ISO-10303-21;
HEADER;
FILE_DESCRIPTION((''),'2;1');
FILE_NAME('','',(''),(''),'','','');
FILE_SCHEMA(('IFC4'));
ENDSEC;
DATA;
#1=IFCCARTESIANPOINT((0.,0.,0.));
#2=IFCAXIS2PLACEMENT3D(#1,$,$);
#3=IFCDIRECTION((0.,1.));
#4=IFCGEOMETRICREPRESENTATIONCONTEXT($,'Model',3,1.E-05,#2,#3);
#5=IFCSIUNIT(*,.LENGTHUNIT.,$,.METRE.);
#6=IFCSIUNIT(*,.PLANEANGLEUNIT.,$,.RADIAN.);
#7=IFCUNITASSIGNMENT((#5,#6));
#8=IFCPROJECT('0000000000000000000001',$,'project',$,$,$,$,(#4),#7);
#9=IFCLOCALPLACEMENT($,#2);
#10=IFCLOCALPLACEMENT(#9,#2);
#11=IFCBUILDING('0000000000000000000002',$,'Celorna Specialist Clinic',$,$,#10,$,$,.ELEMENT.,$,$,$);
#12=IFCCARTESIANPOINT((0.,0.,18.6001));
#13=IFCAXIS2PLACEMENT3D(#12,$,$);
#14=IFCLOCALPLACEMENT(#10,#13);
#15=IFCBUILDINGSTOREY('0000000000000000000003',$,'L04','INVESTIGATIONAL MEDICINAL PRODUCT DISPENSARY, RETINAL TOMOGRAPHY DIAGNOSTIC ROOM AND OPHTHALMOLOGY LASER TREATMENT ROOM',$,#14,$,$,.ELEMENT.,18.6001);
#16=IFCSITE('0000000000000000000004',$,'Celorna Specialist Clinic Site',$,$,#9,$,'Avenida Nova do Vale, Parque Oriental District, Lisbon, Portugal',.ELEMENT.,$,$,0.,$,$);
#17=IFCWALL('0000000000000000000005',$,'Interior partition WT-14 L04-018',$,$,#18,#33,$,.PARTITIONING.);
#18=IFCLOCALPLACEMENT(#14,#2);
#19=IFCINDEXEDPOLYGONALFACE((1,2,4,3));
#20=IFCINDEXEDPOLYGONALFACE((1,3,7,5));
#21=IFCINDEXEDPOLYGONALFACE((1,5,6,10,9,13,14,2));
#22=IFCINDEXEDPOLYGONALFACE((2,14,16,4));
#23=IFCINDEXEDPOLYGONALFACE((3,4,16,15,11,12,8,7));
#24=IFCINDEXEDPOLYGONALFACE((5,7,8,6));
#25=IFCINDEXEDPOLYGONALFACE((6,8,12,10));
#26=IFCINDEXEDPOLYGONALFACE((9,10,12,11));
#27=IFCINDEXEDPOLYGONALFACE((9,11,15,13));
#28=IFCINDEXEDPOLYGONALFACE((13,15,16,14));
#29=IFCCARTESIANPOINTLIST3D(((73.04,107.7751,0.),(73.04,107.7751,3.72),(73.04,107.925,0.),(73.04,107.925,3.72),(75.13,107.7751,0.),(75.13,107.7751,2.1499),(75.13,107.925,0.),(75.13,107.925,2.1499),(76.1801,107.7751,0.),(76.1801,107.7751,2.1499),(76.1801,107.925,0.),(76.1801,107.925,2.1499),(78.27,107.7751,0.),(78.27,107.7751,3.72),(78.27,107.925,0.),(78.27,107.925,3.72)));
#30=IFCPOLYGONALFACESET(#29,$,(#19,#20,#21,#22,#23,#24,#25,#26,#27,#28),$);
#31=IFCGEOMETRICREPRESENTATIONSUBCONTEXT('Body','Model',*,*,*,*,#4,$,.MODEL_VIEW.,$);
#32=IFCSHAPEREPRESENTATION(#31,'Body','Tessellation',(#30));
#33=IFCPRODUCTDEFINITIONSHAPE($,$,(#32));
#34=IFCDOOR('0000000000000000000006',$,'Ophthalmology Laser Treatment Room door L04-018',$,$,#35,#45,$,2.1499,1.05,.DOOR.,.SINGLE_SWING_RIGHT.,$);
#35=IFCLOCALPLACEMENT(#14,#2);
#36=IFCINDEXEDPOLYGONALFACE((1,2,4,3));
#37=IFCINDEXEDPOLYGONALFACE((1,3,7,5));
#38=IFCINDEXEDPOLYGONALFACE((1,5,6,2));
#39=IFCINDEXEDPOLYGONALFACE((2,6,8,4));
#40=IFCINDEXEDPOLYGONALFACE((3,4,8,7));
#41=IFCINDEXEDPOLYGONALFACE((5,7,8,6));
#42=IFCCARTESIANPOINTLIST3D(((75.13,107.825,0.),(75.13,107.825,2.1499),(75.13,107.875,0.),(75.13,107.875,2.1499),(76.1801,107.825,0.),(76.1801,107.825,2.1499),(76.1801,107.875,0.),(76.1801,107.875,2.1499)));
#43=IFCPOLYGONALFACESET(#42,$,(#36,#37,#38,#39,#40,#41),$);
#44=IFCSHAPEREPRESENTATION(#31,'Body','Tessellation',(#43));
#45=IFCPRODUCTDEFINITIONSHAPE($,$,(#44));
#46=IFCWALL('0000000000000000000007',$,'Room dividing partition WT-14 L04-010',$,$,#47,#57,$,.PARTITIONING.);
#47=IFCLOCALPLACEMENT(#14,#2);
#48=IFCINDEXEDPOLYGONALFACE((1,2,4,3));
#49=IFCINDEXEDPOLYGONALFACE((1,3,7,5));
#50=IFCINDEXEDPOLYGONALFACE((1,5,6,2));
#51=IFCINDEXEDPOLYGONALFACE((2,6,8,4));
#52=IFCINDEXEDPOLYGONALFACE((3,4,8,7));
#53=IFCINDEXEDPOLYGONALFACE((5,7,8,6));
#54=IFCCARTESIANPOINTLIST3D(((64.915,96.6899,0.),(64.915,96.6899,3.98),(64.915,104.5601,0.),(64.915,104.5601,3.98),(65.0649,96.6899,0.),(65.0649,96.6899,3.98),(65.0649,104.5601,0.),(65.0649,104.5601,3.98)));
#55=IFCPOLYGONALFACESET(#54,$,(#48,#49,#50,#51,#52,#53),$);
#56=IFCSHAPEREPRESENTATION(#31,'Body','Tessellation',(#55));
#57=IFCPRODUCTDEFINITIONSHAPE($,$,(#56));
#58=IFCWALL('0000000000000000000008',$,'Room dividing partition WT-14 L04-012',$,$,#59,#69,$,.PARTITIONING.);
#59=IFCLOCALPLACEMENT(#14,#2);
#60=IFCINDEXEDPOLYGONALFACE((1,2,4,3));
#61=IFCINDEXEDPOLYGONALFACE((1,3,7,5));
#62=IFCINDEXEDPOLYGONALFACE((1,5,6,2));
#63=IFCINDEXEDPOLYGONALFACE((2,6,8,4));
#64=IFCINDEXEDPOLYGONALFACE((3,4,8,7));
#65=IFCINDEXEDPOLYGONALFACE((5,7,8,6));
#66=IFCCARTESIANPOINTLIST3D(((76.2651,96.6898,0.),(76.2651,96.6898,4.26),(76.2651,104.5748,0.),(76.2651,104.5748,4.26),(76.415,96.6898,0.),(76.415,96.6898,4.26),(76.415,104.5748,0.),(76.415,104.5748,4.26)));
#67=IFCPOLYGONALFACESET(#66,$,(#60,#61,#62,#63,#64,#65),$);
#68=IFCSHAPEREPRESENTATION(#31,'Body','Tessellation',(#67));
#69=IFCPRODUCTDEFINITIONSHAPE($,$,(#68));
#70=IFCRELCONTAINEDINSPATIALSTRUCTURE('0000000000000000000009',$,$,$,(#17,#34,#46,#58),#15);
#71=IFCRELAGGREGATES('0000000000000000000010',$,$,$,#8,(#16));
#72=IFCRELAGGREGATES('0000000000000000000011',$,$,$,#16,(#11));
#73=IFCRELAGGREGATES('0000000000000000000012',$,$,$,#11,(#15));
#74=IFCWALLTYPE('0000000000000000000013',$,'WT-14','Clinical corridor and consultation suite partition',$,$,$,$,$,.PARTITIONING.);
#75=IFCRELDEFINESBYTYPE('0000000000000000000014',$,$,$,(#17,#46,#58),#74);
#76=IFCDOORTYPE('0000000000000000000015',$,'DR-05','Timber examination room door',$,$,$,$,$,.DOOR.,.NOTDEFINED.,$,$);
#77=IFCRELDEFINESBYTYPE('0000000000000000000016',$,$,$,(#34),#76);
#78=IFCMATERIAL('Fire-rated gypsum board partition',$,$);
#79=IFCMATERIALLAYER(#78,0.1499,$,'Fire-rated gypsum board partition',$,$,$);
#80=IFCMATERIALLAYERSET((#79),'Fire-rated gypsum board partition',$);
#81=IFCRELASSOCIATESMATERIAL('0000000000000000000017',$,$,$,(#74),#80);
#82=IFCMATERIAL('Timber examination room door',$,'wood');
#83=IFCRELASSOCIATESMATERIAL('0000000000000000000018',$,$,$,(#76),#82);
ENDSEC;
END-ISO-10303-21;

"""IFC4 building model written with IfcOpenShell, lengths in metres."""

from ifc_helpers import new_model, si_unit, direction, frame, frame_2d, origin, place, context, subcontext, project, spatial, rectangle, extrude, material, layer, layer_set, type_object, element, fill, save


model = new_model("IFC4")

# Units and contexts
model_context = context("Model", 3, precision=1e-05, world=origin(), true_north=direction((0.0, 1.0)))
body_context = subcontext(model_context, "Body", "Model", "MODEL_VIEW")
ifc_project = project(units=[si_unit("LENGTHUNIT", "METRE"), si_unit("PLANEANGLEUNIT", "RADIAN")], contexts=[model_context])

# Site, building, storey
site_placement = place(None, origin())
site = spatial("IfcSite", under=ifc_project, at=site_placement, Name="Celorna Specialist Clinic Site", LongName="Avenida Nova do Vale, Parque Oriental District, Lisbon, Portugal", CompositionType="ELEMENT", RefElevation=0.0)
building_placement = place(site_placement, origin())
building = spatial("IfcBuilding", under=site, at=building_placement, Name="Celorna Specialist Clinic", CompositionType="ELEMENT")
storey_placement = place(building_placement, frame((0.0, 0.0, 18.6001)))
storey = spatial("IfcBuildingStorey", under=building, at=storey_placement, Name="L04", Description="INVESTIGATIONAL MEDICINAL PRODUCT DISPENSARY, RETINAL TOMOGRAPHY DIAGNOSTIC ROOM AND OPHTHALMOLOGY LASER TREATMENT ROOM", CompositionType="ELEMENT", Elevation=18.6001)

# Shared definitions
ifc_material_1 = material(Name="Fire-rated gypsum board partition")
ifc_layer_1 = layer(ifc_material_1, 0.1499, Name="Fire-rated gypsum board partition")
ifc_layer_set_1 = layer_set([ifc_layer_1], Name="Fire-rated gypsum board partition")
wall_type_1 = type_object("IfcWallType", Name="WT-14", Description="Clinical corridor and consultation suite partition", PredefinedType="PARTITIONING", material=ifc_layer_set_1)

# Wall, opening, door
wall_1_placement = place(storey_placement, frame((73.04, 107.8501, 0.0), z_axis=(0.0, 0.0, 1.0), x_axis=(1.0, 0.0, 0.0)))
wall_1 = element("IfcWall", 1, at=wall_1_placement, inside=storey, type_object=wall_type_1, Name="Interior partition WT-14 L04-018", PredefinedType="PARTITIONING", context=body_context, shape_type="SweptSolid", body=[
    extrude(rectangle(XDim=5.23, YDim=0.1499, at=frame_2d((2.615, 0.0))), origin(), (0.0, 0.0, 1.0), 3.72),
])
opening_1_placement = place(wall_1_placement, frame((2.0901, 0.0, 0.0)))
opening_1 = element("IfcOpeningElement", 2, at=opening_1_placement, cuts=wall_1, PredefinedType="OPENING", context=body_context, shape_type="SweptSolid", body=[
    extrude(rectangle(XDim=1.05, YDim=2.1499, at=frame_2d((0.5249, 1.075))), frame((0.0, 0.085, 0.0), z_axis=(0.0, -1.0, 0.0), x_axis=(1.0, 0.0, 0.0)), (0.0, 0.0, 1.0), 0.1699),
])
ifc_material_2 = material(Name="Timber examination room door", Category="wood")
door_type_1 = type_object("IfcDoorType", Name="DR-05", Description="Timber examination room door", OperationType="NOTDEFINED", PredefinedType="DOOR", material=ifc_material_2)
door_1_placement = place(opening_1_placement, origin())
door_1 = element("IfcDoor", 3, at=door_1_placement, inside=storey, type_object=door_type_1, Name="Ophthalmology Laser Treatment Room door L04-018", OperationType="SINGLE_SWING_RIGHT", OverallHeight=2.1499, OverallWidth=1.05, PredefinedType="DOOR", context=body_context, shape_type="SweptSolid", body=[
    extrude(rectangle(XDim=1.05, YDim=2.1499, at=frame_2d((0.5249, 1.075))), frame((0.0, 0.0249, 0.0), z_axis=(0.0, -1.0, 0.0), x_axis=(1.0, 0.0, 0.0)), (0.0, 0.0, 1.0), 0.05),
])
fill(opening_1, door_1)

# Walls
wall_2_placement = place(storey_placement, frame((64.99, 96.6899, 0.0), z_axis=(0.0, 0.0, 1.0), x_axis=(0.0, 1.0, 0.0)))
element("IfcWall", 4, at=wall_2_placement, inside=storey, type_object=wall_type_1, Name="Room dividing partition WT-14 L04-010", PredefinedType="PARTITIONING", context=body_context, shape_type="SweptSolid", body=[
    extrude(rectangle(XDim=7.8701, YDim=0.1499, at=frame_2d((3.9351, 0.0))), origin(), (0.0, 0.0, 1.0), 3.98),
])
wall_3_placement = place(storey_placement, frame((76.3401, 96.6899, 0.0), z_axis=(0.0, 0.0, 1.0), x_axis=(0.0, 1.0, 0.0)))
element("IfcWall", 5, at=wall_3_placement, inside=storey, type_object=wall_type_1, Name="Room dividing partition WT-14 L04-012", PredefinedType="PARTITIONING", context=body_context, shape_type="SweptSolid", body=[
    extrude(rectangle(XDim=7.885, YDim=0.1499, at=frame_2d((3.9424, 0.0))), origin(), (0.0, 0.0, 1.0), 4.26),
])

save(model, "model.ifc")
